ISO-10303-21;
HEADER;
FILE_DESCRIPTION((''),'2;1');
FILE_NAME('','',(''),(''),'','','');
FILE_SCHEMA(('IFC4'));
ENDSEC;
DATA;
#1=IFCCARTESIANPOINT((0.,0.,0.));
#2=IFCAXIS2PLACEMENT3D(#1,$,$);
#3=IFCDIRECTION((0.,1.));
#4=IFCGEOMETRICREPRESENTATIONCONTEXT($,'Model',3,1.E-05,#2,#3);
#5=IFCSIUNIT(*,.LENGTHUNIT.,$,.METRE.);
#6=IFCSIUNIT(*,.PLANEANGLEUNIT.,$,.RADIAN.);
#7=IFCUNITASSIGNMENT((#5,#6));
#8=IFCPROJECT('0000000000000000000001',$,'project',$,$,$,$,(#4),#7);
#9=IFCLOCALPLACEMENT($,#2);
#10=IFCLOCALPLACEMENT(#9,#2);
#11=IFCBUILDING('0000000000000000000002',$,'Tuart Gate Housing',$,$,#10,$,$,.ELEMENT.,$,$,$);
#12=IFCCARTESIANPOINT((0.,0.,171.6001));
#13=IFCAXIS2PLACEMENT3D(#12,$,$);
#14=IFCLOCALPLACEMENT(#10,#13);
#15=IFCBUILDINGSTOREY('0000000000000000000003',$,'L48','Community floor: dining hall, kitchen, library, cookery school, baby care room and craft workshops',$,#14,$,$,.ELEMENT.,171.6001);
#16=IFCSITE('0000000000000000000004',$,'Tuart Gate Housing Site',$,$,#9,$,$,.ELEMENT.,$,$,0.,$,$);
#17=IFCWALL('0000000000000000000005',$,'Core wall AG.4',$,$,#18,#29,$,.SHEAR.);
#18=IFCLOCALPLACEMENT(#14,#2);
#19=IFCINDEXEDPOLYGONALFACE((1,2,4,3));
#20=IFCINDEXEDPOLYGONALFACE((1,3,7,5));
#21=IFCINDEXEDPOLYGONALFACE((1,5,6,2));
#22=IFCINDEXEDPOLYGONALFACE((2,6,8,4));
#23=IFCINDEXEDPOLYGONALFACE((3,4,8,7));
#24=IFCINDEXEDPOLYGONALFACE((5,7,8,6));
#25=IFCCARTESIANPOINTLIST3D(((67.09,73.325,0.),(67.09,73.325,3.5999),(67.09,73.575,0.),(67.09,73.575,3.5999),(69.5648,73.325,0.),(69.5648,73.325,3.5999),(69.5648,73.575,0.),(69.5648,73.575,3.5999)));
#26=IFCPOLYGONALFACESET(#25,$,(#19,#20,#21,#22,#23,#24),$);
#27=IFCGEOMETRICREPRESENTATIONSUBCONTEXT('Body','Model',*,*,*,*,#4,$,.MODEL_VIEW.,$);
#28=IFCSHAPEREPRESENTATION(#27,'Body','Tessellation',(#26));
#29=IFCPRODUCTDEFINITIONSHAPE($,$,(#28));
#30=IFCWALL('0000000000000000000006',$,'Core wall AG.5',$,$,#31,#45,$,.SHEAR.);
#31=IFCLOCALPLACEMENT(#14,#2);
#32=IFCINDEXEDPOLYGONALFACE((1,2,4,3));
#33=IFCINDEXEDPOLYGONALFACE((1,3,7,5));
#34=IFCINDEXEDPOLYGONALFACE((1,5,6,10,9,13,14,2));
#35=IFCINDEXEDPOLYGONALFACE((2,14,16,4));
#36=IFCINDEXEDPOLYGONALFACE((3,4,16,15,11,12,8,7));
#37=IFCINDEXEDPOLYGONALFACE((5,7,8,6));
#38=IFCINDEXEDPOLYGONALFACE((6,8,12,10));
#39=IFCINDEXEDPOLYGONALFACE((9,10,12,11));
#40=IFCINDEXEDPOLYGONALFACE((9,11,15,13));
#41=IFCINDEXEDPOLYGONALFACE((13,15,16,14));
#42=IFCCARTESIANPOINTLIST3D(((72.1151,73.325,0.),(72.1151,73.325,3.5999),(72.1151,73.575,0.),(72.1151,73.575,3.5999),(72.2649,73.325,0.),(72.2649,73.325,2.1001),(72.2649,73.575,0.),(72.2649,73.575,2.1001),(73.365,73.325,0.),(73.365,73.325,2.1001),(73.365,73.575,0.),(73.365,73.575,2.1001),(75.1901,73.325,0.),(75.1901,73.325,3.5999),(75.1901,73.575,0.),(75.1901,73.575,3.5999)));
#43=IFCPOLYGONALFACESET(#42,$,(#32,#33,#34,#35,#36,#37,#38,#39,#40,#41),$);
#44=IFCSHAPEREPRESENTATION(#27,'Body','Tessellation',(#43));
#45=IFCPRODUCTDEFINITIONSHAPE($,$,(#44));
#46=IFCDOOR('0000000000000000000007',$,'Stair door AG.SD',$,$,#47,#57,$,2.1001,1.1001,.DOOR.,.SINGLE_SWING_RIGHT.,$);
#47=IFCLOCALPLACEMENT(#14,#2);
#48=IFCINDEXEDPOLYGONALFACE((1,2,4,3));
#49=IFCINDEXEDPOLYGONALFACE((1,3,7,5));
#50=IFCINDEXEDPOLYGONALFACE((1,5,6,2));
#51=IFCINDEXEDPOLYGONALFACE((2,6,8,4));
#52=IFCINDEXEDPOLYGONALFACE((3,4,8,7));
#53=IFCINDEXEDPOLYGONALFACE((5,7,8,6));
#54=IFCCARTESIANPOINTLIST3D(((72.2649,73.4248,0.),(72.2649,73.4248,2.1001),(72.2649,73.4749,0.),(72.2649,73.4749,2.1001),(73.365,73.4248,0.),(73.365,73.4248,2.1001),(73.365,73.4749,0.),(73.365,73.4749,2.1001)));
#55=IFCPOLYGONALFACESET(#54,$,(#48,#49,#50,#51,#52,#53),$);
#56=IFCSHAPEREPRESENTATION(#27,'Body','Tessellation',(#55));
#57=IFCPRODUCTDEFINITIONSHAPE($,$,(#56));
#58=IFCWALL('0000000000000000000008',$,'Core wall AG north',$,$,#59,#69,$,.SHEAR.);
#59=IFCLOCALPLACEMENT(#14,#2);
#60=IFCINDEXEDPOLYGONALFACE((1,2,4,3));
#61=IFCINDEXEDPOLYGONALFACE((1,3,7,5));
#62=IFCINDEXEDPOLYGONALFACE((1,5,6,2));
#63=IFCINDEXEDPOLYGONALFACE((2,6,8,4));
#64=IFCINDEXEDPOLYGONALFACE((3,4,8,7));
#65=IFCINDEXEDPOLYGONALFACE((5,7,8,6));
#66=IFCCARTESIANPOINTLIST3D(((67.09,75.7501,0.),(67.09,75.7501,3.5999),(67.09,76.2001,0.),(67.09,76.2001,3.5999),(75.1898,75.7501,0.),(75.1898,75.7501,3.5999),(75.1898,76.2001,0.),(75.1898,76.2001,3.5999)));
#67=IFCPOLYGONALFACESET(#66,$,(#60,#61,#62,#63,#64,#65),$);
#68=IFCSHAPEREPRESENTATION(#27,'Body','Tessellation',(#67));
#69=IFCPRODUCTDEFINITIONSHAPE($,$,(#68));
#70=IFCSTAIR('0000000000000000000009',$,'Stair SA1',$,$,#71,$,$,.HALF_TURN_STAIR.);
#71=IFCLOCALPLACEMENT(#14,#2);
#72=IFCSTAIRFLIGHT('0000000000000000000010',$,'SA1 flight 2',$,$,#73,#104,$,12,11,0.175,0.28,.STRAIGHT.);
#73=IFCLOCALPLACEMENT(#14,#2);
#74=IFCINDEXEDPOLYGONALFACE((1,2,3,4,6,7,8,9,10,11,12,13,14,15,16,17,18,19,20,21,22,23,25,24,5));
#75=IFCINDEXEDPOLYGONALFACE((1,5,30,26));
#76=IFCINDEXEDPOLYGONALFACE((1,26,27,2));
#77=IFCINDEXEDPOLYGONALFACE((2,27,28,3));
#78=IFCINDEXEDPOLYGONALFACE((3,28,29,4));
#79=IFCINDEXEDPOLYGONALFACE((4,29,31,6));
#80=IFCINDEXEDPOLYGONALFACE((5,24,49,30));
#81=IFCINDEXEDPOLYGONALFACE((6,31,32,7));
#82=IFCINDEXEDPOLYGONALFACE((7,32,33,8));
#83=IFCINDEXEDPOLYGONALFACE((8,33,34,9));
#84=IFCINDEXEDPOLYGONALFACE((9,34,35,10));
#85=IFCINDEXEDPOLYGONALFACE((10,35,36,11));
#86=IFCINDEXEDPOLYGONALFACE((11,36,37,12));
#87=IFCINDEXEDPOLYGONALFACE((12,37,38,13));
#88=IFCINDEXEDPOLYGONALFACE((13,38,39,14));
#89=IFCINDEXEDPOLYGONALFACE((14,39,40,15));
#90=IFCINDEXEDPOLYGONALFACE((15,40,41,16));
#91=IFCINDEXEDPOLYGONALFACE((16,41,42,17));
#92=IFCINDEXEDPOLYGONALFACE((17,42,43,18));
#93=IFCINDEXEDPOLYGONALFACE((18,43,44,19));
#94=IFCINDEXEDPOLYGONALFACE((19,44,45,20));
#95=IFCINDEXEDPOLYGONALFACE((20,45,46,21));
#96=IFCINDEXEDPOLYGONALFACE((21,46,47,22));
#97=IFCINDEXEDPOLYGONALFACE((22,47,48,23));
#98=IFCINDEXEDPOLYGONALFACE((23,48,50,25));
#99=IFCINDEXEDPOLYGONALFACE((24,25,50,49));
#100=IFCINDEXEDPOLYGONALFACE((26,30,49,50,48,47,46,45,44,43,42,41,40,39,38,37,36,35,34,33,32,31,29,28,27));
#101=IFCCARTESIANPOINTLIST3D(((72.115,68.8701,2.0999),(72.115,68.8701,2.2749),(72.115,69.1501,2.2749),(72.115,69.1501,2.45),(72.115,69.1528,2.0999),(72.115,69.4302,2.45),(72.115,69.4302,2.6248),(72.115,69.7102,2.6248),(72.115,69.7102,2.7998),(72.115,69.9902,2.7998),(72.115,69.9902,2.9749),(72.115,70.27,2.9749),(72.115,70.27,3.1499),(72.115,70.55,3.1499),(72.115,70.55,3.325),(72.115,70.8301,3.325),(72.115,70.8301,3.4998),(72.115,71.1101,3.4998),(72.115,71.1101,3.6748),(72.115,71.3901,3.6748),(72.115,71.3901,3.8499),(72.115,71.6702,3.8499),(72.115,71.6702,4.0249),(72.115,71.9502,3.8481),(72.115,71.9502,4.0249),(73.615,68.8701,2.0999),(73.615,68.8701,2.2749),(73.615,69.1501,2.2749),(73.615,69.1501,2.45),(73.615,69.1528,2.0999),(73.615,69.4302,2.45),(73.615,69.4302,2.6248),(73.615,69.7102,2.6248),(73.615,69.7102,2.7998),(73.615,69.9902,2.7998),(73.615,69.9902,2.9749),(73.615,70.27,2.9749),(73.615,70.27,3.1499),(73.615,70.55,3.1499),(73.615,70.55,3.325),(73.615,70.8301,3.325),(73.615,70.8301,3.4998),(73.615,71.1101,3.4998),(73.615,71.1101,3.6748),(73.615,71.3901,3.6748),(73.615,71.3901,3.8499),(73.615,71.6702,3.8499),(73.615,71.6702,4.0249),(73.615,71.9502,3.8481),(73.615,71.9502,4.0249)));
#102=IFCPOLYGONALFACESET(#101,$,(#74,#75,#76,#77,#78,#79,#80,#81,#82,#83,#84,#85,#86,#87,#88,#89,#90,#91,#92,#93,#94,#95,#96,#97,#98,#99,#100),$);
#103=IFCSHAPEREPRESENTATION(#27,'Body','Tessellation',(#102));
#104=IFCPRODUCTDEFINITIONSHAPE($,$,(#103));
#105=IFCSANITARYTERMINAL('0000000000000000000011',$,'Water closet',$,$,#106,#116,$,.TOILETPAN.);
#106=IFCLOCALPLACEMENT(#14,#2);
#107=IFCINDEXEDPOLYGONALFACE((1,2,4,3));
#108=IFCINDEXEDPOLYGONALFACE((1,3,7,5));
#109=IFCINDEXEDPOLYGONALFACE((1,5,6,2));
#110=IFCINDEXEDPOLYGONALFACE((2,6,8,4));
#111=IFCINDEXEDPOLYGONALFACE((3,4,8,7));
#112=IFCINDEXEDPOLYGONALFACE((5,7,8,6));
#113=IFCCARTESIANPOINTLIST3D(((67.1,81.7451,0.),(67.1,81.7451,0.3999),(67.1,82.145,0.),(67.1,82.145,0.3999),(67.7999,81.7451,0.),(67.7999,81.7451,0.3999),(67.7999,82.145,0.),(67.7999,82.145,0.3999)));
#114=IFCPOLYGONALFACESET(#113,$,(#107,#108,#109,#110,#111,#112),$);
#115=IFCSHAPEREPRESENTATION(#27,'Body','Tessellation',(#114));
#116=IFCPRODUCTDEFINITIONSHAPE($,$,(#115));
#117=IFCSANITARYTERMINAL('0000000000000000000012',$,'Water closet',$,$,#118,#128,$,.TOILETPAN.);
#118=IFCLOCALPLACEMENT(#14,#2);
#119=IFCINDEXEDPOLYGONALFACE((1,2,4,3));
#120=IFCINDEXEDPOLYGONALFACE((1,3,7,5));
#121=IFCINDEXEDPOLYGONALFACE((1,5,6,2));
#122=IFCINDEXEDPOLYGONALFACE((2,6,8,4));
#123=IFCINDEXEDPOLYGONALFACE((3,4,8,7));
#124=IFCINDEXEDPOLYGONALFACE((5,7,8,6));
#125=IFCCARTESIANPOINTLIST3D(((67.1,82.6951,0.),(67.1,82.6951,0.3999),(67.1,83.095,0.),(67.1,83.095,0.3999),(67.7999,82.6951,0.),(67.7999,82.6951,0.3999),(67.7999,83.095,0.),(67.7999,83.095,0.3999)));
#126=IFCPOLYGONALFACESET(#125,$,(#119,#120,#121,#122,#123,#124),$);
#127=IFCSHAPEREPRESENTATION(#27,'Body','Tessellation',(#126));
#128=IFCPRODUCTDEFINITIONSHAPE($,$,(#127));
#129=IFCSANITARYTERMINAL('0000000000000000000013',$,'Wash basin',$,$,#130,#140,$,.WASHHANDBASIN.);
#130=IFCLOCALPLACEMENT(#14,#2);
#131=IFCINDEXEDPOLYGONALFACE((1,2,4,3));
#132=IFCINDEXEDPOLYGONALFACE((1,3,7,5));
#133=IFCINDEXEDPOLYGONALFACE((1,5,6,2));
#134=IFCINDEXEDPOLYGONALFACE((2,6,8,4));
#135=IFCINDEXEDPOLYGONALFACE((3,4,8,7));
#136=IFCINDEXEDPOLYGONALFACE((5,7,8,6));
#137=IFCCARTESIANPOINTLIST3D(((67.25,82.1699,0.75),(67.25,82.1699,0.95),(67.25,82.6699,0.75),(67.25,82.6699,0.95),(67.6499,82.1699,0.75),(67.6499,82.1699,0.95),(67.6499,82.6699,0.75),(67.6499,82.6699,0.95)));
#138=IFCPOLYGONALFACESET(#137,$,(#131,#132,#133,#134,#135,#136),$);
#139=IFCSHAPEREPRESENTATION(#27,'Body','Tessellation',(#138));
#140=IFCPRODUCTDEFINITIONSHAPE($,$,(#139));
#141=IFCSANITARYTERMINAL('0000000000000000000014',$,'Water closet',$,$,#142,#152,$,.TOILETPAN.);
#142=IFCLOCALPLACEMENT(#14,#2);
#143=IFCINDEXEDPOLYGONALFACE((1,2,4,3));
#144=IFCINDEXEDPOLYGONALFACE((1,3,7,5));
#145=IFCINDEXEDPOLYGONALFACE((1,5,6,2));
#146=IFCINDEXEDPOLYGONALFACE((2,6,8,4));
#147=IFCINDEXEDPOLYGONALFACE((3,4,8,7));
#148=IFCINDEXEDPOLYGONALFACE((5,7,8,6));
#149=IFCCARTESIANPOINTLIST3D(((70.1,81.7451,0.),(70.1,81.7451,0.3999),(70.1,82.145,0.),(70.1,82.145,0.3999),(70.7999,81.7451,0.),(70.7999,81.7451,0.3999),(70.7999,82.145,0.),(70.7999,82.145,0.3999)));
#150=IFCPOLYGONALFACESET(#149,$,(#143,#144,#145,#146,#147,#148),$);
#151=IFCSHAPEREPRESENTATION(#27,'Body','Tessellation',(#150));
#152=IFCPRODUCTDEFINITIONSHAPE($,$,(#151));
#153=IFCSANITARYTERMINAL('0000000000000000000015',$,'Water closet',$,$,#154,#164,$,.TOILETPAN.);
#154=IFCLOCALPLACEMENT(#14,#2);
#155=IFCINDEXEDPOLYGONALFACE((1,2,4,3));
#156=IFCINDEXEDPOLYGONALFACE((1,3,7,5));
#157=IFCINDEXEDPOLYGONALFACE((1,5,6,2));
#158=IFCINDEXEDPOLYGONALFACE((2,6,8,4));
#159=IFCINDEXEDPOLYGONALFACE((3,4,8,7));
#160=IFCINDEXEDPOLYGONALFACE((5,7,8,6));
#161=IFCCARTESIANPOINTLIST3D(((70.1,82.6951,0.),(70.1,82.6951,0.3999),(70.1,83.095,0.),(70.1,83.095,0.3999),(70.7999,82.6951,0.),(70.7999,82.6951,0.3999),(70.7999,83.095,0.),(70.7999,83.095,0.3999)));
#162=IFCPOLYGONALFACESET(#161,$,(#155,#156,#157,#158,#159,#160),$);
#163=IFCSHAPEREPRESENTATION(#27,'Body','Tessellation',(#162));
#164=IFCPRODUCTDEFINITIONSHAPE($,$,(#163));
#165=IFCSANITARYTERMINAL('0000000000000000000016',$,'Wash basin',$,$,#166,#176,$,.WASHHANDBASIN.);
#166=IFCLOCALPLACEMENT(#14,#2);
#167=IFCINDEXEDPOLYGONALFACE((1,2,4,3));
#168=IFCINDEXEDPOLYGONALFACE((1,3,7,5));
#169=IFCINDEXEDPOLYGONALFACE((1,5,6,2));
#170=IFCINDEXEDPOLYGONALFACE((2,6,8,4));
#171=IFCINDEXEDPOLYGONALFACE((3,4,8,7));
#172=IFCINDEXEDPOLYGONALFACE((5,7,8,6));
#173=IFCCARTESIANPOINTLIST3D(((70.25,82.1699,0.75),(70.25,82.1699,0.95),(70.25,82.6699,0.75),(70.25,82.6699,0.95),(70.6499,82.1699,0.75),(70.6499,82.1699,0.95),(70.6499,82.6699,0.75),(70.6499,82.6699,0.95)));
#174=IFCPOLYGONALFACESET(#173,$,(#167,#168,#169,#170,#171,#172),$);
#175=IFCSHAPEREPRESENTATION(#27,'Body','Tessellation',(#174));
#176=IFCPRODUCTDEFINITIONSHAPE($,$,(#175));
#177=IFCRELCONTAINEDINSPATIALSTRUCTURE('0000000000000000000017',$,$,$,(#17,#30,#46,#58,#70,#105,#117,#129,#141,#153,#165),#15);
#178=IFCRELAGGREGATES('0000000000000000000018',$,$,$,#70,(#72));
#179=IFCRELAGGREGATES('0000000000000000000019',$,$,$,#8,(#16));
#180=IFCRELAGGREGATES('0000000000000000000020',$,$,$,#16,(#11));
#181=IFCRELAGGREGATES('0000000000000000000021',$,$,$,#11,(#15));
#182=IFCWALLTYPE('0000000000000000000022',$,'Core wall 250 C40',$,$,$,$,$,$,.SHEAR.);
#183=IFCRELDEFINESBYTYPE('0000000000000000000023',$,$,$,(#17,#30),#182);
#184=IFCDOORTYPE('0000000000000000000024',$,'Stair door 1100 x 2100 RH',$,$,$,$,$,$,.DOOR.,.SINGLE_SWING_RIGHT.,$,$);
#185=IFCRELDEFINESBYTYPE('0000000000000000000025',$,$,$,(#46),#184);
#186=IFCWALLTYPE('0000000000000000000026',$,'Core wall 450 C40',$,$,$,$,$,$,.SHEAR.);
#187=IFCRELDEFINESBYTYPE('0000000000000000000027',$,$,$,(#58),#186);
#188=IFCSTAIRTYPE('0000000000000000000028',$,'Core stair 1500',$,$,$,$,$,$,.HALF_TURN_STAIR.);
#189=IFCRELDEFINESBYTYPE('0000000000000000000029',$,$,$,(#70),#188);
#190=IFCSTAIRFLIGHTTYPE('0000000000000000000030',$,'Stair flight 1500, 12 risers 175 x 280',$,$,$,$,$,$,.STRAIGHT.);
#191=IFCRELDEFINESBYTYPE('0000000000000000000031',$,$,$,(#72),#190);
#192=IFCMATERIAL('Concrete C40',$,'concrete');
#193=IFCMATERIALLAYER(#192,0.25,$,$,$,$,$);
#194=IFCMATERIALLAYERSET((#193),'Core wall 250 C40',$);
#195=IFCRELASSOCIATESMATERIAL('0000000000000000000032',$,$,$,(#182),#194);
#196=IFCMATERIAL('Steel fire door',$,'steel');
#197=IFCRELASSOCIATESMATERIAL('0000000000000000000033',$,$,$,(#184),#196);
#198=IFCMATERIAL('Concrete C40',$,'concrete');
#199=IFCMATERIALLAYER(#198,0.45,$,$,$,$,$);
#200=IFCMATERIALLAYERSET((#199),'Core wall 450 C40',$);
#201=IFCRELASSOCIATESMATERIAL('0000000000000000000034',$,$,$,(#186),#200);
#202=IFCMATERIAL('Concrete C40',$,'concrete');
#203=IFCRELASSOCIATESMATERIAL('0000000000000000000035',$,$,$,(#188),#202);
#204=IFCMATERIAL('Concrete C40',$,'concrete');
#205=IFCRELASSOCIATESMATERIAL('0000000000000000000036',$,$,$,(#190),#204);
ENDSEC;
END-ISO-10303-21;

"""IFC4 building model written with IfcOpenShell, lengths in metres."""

from ifc_helpers import new_model, si_unit, direction, frame, frame_2d, origin, origin_2d, place, context, subcontext, project, spatial, polyline, rectangle, outline, extrude, material, layer, layer_set, type_object, element, fill, aggregate, save


model = new_model("IFC4")

# Units and contexts
model_context = context("Model", 3, precision=1e-05, world=origin(), true_north=direction((0.0, 1.0)))
body_context = subcontext(model_context, "Body", "Model", "MODEL_VIEW")
ifc_project = project(units=[si_unit("LENGTHUNIT", "METRE"), si_unit("PLANEANGLEUNIT", "RADIAN")], contexts=[model_context])

# Site, building, storey
site_placement = place(None, origin())
site = spatial("IfcSite", under=ifc_project, at=site_placement, Name="Tuart Gate Housing Site", CompositionType="ELEMENT", RefElevation=0.0)
building_placement = place(site_placement, origin())
building = spatial("IfcBuilding", under=site, at=building_placement, Name="Tuart Gate Housing", CompositionType="ELEMENT")
storey_placement = place(building_placement, frame((0.0, 0.0, 171.6001)))
storey = spatial("IfcBuildingStorey", under=building, at=storey_placement, Name="L48", Description="Community floor: dining hall, kitchen, library, cookery school, baby care room and craft workshops", CompositionType="ELEMENT", Elevation=171.6001)

# Wall
ifc_material_1 = material(Name="Concrete C40", Category="concrete")
ifc_layer_1 = layer(ifc_material_1, 0.25)
ifc_layer_set_1 = layer_set([ifc_layer_1], Name="Core wall 250 C40")
wall_type_1 = type_object("IfcWallType", Name="Core wall 250 C40", PredefinedType="SHEAR", material=ifc_layer_set_1)
wall_1_placement = place(storey_placement, frame((67.0901, 73.45, 0.0), z_axis=(0.0, 0.0, 1.0), x_axis=(1.0, 0.0, 0.0)))
element("IfcWall", 1, at=wall_1_placement, inside=storey, type_object=wall_type_1, Name="Core wall AG.4", PredefinedType="SHEAR", context=body_context, shape_type="SweptSolid", body=[
    extrude(rectangle(XDim=2.4749, YDim=0.25, at=frame_2d((1.2373, 0.0))), origin(), (0.0, 0.0, 1.0), 3.5999),
])

# Wall, opening, door
wall_2_placement = place(storey_placement, frame((72.115, 73.45, 0.0), z_axis=(0.0, 0.0, 1.0), x_axis=(1.0, 0.0, 0.0)))
wall_2 = element("IfcWall", 2, at=wall_2_placement, inside=storey, type_object=wall_type_1, Name="Core wall AG.5", PredefinedType="SHEAR", context=body_context, shape_type="SweptSolid", body=[
    extrude(rectangle(XDim=3.075, YDim=0.25, at=frame_2d((1.5376, 0.0))), origin(), (0.0, 0.0, 1.0), 3.5999),
])
opening_placement = place(wall_2_placement, frame((0.1499, 0.0, 0.0)))
opening = element("IfcOpeningElement", 3, at=opening_placement, cuts=wall_2, PredefinedType="OPENING", context=body_context, shape_type="SweptSolid", body=[
    extrude(rectangle(XDim=1.1001, YDim=2.1001, at=frame_2d((0.55, 1.05))), frame((0.0, 0.135, 0.0), z_axis=(0.0, -1.0, 0.0), x_axis=(1.0, 0.0, 0.0)), (0.0, 0.0, 1.0), 0.27),
])
ifc_material_2 = material(Name="Steel fire door", Category="steel")
door_type = type_object("IfcDoorType", Name="Stair door 1100 x 2100 RH", OperationType="SINGLE_SWING_RIGHT", PredefinedType="DOOR", material=ifc_material_2)
door_placement = place(opening_placement, frame((1.1001, 0.0, 0.0), z_axis=(0.0, 0.0, 1.0), x_axis=(-1.0, 0.0, 0.0)))
door = element("IfcDoor", 4, at=door_placement, inside=storey, type_object=door_type, Name="Stair door AG.SD", OperationType="SINGLE_SWING_RIGHT", OverallHeight=2.1001, OverallWidth=1.1001, PredefinedType="DOOR", context=body_context, shape_type="SweptSolid", body=[
    extrude(rectangle(XDim=1.1001, YDim=2.1001, at=frame_2d((0.55, 1.05))), frame((0.0, 0.0251, 0.0), z_axis=(0.0, -1.0, 0.0), x_axis=(1.0, 0.0, 0.0)), (0.0, 0.0, 1.0), 0.05),
])
fill(opening, door)

# Wall
ifc_material_3 = material(Name="Concrete C40", Category="concrete")
ifc_layer_2 = layer(ifc_material_3, 0.45)
ifc_layer_set_2 = layer_set([ifc_layer_2], Name="Core wall 450 C40")
wall_type_2 = type_object("IfcWallType", Name="Core wall 450 C40", PredefinedType="SHEAR", material=ifc_layer_set_2)
wall_3_placement = place(storey_placement, frame((67.0901, 75.9751, 0.0), z_axis=(0.0, 0.0, 1.0), x_axis=(1.0, 0.0, 0.0)))
element("IfcWall", 5, at=wall_3_placement, inside=storey, type_object=wall_type_2, Name="Core wall AG north", PredefinedType="SHEAR", context=body_context, shape_type="SweptSolid", body=[
    extrude(rectangle(XDim=8.0999, YDim=0.45, at=frame_2d((4.0498, 0.0))), origin(), (0.0, 0.0, 1.0), 3.5999),
])

# Stair, stair flight
ifc_material_4 = material(Name="Concrete C40", Category="concrete")
stair_type = type_object("IfcStairType", Name="Core stair 1500", PredefinedType="HALF_TURN_STAIR", material=ifc_material_4)
stair_placement = place(storey_placement, origin())
stair = element("IfcStair", 6, at=stair_placement, inside=storey, type_object=stair_type, Name="Stair SA1", PredefinedType="HALF_TURN_STAIR")
ifc_material_5 = material(Name="Concrete C40", Category="concrete")
stair_flight_type = type_object("IfcStairFlightType", Name="Stair flight 1500, 12 risers 175 x 280", PredefinedType="STRAIGHT", material=ifc_material_5)
stair_flight_placement = place(storey_placement, frame((72.865, 68.8701, 2.0999), z_axis=(0.0, 0.0, 1.0), x_axis=(0.0, 1.0, 0.0)))
stair_flight = element("IfcStairFlight", 7, at=stair_flight_placement, type_object=stair_flight_type, Name="SA1 flight 2", NumberOfRisers=12, NumberOfTreads=11, PredefinedType="STRAIGHT", RiserHeight=0.175, TreadLength=0.28, context=body_context, shape_type="SweptSolid", body=[
    extrude(outline(polyline([(0.0, 0.0), (0.0, 0.175), (0.28, 0.175), (0.28, 0.3501), (0.5601, 0.3501), (0.5601, 0.5249), (0.8401, 0.5249), (0.8401, 0.7), (1.1201, 0.7), (1.1201, 0.875), (1.3999, 0.875), (1.3999, 1.05), (1.6799, 1.05), (1.6799, 1.2251), (1.96, 1.2251), (1.96, 1.3999), (2.24, 1.3999), (2.24, 1.575), (2.52, 1.575), (2.52, 1.75), (2.8, 1.75), (2.8, 1.925), (3.0801, 1.925), (3.0801, 2.1001), (3.0801, 1.7483), (0.2827, 0.0), (0.0, 0.0)])), frame((0.0, 0.75, 0.0), z_axis=(0.0, -1.0, 0.0), x_axis=(1.0, 0.0, 0.0)), (0.0, 0.0, 1.0), 1.5),
])
aggregate(stair, [stair_flight])

# Sanitary terminals
for number, where, z_axis, x_axis, name in (
    (8, (67.45, 81.9451, 0.0), (0.0, 0.0, 1.0), (1.0, 0.0, 0.0), "Water closet"),
    (9, (67.45, 82.895, 0.0), (0.0, 0.0, 1.0), (1.0, 0.0, 0.0), "Water closet"),
):
    element("IfcSanitaryTerminal", number, at=place(storey_placement, frame(where, z_axis=z_axis, x_axis=x_axis)), inside=storey, Name=name, PredefinedType="TOILETPAN", context=body_context, shape_type="SweptSolid", body=[
        extrude(rectangle(XDim=0.7, YDim=0.3999, at=origin_2d()), origin(), (0.0, 0.0, 1.0), 0.3999),
    ])
sanitary_terminal_1_placement = place(storey_placement, frame((67.45, 82.4199, 0.75), z_axis=(0.0, 0.0, 1.0), x_axis=(1.0, 0.0, 0.0)))
element("IfcSanitaryTerminal", 10, at=sanitary_terminal_1_placement, inside=storey, Name="Wash basin", PredefinedType="WASHHANDBASIN", context=body_context, shape_type="SweptSolid", body=[
    extrude(rectangle(XDim=0.3999, YDim=0.5, at=origin_2d()), origin(), (0.0, 0.0, 1.0), 0.2),
])
for number, where, z_axis, x_axis, name in (
    (11, (70.45, 81.9451, 0.0), (0.0, 0.0, 1.0), (1.0, 0.0, 0.0), "Water closet"),
    (12, (70.45, 82.895, 0.0), (0.0, 0.0, 1.0), (1.0, 0.0, 0.0), "Water closet"),
):
    element("IfcSanitaryTerminal", number, at=place(storey_placement, frame(where, z_axis=z_axis, x_axis=x_axis)), inside=storey, Name=name, PredefinedType="TOILETPAN", context=body_context, shape_type="SweptSolid", body=[
        extrude(rectangle(XDim=0.7, YDim=0.3999, at=origin_2d()), origin(), (0.0, 0.0, 1.0), 0.3999),
    ])
sanitary_terminal_2_placement = place(storey_placement, frame((70.45, 82.4199, 0.75), z_axis=(0.0, 0.0, 1.0), x_axis=(1.0, 0.0, 0.0)))
element("IfcSanitaryTerminal", 13, at=sanitary_terminal_2_placement, inside=storey, Name="Wash basin", PredefinedType="WASHHANDBASIN", context=body_context, shape_type="SweptSolid", body=[
    extrude(rectangle(XDim=0.3999, YDim=0.5, at=origin_2d()), origin(), (0.0, 0.0, 1.0), 0.2),
])

save(model, "model.ifc")
